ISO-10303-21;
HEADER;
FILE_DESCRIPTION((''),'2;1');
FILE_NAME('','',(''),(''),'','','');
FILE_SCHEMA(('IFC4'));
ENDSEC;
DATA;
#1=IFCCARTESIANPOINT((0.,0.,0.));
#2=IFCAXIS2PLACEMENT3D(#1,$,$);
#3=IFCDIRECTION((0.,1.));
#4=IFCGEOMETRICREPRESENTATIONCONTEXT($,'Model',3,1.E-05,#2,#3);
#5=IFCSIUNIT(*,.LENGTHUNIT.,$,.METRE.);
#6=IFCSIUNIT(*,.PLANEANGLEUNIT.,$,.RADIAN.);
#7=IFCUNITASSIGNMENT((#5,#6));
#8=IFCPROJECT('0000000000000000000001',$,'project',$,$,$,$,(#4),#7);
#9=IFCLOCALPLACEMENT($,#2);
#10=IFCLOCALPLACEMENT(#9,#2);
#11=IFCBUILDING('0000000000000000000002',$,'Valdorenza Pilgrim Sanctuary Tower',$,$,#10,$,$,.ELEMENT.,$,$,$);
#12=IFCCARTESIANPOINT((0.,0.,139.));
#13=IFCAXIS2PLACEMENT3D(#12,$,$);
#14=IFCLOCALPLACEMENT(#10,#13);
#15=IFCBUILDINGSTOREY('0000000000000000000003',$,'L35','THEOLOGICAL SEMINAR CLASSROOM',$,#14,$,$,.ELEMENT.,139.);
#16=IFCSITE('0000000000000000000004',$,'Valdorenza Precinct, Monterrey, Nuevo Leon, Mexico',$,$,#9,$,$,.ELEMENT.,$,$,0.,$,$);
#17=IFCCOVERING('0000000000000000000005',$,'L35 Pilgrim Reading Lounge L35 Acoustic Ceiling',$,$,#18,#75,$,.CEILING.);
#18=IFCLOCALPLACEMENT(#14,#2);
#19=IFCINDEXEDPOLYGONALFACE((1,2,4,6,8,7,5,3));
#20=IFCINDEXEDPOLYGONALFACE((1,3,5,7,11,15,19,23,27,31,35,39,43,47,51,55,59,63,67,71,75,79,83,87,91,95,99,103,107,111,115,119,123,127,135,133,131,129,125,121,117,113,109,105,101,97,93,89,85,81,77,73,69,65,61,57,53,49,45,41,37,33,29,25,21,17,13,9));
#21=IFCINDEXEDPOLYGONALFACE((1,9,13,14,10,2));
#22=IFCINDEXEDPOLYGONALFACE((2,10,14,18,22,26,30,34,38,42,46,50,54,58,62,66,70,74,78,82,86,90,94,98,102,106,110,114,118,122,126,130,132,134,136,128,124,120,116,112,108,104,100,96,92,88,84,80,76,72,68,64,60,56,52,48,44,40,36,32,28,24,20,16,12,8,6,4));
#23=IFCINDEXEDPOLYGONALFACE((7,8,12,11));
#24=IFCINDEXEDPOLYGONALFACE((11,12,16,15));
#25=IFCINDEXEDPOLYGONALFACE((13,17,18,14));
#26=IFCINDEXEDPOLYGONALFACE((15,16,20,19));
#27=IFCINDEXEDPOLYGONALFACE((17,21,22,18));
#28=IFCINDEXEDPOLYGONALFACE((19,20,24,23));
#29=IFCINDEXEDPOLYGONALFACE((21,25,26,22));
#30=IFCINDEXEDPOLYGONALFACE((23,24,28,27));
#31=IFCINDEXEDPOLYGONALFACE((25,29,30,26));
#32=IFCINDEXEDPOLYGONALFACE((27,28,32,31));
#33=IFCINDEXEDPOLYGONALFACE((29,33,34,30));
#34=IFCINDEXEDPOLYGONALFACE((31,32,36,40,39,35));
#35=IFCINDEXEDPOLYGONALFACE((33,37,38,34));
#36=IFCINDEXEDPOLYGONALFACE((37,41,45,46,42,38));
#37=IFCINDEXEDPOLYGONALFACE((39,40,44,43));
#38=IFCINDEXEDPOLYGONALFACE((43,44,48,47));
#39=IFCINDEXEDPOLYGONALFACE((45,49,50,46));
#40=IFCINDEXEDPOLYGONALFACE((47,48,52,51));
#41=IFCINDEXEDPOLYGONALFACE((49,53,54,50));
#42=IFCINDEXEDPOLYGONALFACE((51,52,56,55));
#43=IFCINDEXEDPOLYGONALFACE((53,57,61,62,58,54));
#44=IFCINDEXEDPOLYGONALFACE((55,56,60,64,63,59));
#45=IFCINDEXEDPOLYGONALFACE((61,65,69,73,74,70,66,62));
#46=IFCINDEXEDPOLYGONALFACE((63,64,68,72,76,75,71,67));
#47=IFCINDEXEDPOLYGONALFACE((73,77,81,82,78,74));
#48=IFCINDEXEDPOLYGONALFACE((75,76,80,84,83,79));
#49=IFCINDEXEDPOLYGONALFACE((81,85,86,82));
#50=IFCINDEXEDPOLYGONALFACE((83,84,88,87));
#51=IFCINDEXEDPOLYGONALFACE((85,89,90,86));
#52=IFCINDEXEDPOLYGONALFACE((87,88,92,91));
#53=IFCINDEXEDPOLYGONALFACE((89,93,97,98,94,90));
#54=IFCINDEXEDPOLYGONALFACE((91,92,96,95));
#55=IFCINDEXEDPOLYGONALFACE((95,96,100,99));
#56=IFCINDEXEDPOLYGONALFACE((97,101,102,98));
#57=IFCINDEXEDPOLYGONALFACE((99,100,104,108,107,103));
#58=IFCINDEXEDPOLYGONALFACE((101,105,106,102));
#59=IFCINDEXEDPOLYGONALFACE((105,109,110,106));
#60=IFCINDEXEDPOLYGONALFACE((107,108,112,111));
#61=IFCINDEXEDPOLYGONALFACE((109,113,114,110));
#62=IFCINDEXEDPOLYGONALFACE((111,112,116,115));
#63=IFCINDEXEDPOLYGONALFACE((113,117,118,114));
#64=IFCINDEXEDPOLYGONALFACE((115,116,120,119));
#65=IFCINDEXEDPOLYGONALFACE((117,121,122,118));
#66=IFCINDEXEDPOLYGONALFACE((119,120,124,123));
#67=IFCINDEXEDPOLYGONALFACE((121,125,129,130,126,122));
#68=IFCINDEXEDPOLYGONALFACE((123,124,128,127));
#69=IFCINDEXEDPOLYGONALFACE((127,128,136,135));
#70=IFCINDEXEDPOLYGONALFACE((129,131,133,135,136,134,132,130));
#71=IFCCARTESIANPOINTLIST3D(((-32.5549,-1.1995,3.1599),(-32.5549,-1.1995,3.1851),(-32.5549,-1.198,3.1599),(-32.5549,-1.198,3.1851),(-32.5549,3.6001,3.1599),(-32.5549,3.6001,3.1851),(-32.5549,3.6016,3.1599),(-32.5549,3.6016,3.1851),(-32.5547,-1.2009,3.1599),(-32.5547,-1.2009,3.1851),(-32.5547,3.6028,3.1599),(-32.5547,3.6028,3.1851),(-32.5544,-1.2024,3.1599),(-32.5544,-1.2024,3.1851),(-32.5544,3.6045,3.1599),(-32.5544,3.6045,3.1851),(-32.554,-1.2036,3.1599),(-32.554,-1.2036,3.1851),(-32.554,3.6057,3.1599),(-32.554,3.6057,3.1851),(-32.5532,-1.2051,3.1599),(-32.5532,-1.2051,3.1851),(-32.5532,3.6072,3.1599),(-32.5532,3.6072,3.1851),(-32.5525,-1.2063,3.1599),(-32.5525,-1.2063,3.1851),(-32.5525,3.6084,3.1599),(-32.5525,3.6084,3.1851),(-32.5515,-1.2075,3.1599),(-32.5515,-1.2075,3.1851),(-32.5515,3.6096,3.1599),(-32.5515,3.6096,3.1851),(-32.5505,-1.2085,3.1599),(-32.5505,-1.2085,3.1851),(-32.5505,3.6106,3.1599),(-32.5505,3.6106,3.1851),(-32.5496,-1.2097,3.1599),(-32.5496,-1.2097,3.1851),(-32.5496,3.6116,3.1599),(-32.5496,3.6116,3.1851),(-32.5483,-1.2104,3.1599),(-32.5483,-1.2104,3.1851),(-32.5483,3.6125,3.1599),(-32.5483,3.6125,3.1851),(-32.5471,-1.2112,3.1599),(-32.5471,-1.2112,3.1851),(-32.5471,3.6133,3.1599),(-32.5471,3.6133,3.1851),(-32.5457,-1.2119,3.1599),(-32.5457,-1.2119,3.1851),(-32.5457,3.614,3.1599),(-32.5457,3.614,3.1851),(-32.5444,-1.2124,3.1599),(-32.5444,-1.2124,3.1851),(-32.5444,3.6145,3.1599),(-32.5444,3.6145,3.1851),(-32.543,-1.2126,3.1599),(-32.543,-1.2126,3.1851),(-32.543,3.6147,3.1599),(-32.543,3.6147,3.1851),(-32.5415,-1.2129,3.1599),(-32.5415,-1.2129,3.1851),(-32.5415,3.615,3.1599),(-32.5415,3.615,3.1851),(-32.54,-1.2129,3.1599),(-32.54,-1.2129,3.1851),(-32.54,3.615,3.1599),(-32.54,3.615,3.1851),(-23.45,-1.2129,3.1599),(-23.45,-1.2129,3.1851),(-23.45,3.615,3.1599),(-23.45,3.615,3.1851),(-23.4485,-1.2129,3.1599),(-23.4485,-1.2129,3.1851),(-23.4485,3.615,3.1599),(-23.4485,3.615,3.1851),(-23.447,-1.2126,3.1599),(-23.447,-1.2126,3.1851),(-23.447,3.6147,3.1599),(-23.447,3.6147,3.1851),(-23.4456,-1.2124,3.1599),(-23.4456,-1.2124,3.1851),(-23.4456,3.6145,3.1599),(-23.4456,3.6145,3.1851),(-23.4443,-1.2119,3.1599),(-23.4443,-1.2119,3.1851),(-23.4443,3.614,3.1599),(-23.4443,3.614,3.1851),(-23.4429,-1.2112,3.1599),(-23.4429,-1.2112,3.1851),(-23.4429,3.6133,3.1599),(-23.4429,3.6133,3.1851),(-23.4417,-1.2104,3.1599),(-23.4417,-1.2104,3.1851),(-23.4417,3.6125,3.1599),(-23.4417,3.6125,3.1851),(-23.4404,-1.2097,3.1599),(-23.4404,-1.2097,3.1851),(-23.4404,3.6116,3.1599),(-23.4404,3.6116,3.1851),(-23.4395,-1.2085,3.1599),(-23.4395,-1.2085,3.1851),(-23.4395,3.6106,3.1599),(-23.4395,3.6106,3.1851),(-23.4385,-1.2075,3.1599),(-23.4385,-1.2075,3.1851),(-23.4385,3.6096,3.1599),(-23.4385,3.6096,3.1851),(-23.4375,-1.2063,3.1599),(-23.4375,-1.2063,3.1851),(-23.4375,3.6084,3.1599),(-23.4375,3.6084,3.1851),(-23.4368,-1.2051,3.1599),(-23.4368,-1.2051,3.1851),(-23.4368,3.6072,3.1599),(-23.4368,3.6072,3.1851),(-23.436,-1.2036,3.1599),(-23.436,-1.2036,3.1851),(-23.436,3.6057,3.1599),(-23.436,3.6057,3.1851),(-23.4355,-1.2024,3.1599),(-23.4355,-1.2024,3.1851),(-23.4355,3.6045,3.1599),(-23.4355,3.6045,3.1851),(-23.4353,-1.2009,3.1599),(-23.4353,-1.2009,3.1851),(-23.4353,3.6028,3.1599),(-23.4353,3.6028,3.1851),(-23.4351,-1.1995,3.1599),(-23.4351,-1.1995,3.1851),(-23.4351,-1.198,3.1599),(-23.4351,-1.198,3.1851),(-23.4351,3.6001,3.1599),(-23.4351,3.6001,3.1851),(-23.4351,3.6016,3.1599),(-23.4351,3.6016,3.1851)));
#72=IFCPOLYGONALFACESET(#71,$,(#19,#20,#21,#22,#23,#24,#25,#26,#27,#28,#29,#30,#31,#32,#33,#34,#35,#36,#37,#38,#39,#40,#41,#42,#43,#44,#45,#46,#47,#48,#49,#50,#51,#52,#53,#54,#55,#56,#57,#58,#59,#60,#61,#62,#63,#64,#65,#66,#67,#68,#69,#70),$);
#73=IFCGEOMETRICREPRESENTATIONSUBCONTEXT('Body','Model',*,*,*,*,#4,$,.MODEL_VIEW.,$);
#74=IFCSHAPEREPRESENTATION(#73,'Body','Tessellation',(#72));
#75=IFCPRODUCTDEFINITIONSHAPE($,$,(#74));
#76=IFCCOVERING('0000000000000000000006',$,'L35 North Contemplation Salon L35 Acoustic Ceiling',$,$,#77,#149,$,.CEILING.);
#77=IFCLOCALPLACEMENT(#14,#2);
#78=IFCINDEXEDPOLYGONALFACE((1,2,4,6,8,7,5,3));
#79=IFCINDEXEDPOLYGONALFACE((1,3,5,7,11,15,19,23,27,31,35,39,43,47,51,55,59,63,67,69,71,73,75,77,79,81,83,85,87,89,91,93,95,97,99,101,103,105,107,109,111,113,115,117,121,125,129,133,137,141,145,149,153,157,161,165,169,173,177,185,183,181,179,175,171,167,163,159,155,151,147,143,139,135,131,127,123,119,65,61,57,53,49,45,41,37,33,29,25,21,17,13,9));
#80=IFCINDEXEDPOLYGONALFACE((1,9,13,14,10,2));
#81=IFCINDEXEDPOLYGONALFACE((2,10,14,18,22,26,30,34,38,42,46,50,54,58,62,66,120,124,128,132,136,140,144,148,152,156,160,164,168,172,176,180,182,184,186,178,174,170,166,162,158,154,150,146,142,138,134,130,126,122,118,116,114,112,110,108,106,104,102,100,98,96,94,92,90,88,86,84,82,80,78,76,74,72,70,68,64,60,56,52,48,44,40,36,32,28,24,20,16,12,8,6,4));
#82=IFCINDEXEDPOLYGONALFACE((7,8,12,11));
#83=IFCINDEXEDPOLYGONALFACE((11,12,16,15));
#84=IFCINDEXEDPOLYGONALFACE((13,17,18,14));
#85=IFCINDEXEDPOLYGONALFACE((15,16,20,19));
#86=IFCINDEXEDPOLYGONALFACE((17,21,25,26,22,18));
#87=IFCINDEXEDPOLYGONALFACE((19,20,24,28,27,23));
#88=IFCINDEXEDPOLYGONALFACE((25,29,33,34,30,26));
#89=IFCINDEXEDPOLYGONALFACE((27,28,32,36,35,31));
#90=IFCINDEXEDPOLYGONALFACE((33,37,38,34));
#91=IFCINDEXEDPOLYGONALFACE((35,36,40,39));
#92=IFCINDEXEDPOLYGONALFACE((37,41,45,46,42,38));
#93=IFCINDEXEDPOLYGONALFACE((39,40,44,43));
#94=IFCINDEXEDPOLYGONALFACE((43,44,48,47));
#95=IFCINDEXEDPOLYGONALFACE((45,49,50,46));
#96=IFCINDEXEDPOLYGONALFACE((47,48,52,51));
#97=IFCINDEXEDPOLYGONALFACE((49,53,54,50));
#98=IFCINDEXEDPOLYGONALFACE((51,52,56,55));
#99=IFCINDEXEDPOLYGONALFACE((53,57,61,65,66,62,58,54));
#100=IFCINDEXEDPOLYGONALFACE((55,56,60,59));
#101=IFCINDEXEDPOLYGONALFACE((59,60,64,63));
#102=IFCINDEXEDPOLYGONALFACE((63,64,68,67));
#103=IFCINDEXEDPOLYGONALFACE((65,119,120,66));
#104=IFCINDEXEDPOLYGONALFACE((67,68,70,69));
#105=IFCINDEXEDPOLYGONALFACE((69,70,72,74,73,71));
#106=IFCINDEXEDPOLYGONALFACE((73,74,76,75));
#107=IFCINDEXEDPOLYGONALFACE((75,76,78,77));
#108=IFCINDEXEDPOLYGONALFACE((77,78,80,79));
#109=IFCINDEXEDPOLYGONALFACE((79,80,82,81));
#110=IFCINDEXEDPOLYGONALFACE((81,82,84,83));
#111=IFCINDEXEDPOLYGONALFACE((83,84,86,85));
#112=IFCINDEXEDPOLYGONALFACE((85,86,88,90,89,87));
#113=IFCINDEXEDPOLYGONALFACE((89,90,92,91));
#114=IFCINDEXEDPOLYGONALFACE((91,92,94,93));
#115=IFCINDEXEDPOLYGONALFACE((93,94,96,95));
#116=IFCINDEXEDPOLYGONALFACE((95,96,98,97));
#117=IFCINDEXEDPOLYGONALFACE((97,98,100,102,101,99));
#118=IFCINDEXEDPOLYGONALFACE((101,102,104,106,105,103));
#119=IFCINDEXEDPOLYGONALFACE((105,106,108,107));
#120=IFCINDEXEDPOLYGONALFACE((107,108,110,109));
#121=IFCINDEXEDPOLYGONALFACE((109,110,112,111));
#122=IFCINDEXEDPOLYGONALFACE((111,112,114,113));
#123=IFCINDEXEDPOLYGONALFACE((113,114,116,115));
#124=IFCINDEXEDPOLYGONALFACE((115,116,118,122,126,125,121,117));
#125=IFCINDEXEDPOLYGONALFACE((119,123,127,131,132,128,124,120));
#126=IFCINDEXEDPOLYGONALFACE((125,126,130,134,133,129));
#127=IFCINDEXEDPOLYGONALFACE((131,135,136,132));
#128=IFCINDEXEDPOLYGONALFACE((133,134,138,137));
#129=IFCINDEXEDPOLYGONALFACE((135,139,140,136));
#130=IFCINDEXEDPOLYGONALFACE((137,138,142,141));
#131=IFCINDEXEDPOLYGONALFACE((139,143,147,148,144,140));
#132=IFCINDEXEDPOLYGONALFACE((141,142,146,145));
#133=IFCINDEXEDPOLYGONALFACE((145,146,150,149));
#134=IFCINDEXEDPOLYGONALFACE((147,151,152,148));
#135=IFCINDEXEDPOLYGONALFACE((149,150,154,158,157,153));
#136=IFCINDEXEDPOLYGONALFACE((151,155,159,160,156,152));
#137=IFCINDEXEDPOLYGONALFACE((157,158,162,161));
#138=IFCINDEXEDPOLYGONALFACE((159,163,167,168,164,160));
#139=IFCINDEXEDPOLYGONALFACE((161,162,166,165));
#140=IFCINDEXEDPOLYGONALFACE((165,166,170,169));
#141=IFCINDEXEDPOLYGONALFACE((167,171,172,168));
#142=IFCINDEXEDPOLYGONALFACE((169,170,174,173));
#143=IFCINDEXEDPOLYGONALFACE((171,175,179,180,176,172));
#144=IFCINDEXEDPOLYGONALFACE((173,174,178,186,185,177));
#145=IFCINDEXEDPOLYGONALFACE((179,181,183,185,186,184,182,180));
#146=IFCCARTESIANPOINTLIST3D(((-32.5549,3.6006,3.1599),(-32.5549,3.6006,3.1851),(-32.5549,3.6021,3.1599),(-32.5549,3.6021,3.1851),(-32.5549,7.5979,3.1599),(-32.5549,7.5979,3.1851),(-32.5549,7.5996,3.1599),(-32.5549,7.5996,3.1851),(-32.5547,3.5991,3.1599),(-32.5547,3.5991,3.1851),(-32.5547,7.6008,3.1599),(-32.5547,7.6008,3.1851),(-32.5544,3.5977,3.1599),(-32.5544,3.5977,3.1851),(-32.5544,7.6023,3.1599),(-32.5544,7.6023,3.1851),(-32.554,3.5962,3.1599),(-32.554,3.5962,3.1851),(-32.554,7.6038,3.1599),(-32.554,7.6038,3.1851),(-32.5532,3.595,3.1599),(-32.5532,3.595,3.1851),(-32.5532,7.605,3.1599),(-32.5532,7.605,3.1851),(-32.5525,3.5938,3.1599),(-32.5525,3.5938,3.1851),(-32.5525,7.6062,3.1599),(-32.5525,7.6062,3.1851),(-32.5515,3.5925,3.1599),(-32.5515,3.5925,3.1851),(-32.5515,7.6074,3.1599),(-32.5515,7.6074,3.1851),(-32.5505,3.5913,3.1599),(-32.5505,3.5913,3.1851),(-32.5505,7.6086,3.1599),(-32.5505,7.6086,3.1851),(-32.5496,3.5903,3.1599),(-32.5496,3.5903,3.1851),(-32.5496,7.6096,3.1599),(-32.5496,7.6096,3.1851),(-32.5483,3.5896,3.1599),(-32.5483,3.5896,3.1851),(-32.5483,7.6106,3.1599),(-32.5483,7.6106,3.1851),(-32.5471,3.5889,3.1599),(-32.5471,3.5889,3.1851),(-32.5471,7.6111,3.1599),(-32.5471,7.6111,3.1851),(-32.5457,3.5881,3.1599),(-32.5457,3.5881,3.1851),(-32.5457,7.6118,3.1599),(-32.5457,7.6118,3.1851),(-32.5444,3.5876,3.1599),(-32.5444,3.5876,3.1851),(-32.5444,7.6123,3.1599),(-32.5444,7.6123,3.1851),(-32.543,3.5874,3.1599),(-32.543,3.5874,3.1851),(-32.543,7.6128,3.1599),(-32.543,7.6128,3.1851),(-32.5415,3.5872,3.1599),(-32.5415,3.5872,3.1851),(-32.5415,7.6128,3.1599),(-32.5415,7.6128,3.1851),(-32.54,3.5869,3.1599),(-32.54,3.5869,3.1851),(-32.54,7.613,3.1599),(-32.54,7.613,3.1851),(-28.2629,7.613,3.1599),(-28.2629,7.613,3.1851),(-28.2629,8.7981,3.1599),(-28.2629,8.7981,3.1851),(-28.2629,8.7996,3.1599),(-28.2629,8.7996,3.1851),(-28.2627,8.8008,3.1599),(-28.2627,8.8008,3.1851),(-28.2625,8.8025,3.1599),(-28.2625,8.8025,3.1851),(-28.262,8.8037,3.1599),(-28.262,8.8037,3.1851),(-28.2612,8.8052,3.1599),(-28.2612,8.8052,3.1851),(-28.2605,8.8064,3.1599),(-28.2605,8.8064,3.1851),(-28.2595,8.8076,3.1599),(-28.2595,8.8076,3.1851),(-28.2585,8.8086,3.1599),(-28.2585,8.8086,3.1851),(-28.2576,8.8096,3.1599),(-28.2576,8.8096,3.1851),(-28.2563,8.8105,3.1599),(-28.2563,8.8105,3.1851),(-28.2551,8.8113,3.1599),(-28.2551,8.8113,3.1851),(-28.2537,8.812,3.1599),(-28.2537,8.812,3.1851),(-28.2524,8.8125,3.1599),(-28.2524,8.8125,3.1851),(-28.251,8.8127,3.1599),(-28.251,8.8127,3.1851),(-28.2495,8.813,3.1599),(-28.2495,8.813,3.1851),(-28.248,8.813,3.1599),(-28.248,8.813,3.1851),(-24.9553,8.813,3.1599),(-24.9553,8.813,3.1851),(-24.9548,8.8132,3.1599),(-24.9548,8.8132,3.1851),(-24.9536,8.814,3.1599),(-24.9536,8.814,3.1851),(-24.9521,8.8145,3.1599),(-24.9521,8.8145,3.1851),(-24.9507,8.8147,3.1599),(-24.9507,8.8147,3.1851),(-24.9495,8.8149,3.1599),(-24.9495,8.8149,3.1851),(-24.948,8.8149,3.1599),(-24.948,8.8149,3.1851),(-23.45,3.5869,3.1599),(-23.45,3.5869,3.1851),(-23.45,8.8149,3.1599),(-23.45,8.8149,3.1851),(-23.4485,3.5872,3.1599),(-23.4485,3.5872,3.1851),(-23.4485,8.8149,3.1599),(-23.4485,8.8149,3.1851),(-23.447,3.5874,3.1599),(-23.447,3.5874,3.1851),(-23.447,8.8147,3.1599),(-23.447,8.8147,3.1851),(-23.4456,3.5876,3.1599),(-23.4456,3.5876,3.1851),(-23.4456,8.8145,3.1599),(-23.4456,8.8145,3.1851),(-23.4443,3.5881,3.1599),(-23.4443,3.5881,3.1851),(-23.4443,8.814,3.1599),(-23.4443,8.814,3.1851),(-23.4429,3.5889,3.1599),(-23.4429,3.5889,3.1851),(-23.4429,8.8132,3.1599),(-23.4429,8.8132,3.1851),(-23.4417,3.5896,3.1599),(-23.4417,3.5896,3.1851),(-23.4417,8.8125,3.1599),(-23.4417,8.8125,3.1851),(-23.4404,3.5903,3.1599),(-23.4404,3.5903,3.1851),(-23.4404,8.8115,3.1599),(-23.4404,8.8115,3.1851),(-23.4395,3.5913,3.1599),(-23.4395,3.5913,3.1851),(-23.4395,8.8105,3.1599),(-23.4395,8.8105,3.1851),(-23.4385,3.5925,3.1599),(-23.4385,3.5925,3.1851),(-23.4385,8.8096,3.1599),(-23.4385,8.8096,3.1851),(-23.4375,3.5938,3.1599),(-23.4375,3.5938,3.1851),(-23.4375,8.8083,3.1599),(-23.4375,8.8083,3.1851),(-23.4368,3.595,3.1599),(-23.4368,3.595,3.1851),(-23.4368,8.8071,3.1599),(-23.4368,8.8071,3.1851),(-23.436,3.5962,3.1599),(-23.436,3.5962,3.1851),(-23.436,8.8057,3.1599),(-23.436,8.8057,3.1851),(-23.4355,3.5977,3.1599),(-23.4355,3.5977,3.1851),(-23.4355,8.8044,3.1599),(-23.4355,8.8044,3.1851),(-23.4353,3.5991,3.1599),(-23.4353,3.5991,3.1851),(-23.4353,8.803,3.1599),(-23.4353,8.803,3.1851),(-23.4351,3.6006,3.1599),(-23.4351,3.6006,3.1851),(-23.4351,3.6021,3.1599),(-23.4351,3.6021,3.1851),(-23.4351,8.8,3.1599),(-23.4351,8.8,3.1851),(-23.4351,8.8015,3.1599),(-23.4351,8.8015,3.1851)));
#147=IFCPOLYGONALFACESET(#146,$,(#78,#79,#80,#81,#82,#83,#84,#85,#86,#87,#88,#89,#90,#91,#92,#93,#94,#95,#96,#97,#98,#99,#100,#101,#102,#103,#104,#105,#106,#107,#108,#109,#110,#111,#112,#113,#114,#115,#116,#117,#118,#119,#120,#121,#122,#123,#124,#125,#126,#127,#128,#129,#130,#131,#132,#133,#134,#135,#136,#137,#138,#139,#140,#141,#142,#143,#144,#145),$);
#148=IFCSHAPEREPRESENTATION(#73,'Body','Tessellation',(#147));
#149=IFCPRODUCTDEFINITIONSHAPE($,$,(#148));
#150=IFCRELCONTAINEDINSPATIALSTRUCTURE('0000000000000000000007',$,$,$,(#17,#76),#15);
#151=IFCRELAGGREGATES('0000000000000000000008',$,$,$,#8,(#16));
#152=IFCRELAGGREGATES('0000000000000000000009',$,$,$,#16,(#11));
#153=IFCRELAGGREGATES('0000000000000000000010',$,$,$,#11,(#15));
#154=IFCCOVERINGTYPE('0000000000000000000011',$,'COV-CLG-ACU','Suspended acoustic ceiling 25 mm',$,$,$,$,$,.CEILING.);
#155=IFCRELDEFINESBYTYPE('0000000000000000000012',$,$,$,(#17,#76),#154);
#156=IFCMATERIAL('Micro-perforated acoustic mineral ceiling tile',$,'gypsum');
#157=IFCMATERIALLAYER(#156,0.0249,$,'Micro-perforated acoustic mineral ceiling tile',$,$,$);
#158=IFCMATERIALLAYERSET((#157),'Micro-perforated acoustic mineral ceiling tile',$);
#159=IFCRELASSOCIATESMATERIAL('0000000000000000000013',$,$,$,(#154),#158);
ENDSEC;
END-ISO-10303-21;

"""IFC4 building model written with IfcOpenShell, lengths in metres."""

from ifc_helpers import new_model, si_unit, direction, frame, origin, place, context, subcontext, project, spatial, polyline, outline, extrude, material, layer, layer_set, type_object, element, save


model = new_model("IFC4")

# Units and contexts
model_context = context("Model", 3, precision=1e-05, world=origin(), true_north=direction((0.0, 1.0)))
body_context = subcontext(model_context, "Body", "Model", "MODEL_VIEW")
ifc_project = project(units=[si_unit("LENGTHUNIT", "METRE"), si_unit("PLANEANGLEUNIT", "RADIAN")], contexts=[model_context])

# Site, building, storey
site_placement = place(None, origin())
site = spatial("IfcSite", under=ifc_project, at=site_placement, Name="Valdorenza Precinct, Monterrey, Nuevo Leon, Mexico", CompositionType="ELEMENT", RefElevation=0.0)
building_placement = place(site_placement, origin())
building = spatial("IfcBuilding", under=site, at=building_placement, Name="Valdorenza Pilgrim Sanctuary Tower", CompositionType="ELEMENT")
storey_placement = place(building_placement, frame((0.0, 0.0, 139.0)))
storey = spatial("IfcBuildingStorey", under=building, at=storey_placement, Name="L35", Description="THEOLOGICAL SEMINAR CLASSROOM", CompositionType="ELEMENT", Elevation=139.0)

# Coverings
ifc_material_1 = material(Name="Micro-perforated acoustic mineral ceiling tile", Category="gypsum")
ifc_layer_1 = layer(ifc_material_1, 0.0249, Name="Micro-perforated acoustic mineral ceiling tile")
ifc_layer_set_1 = layer_set([ifc_layer_1], Name="Micro-perforated acoustic mineral ceiling tile")
covering_type_1 = type_object("IfcCoveringType", Name="COV-CLG-ACU", Description="Suspended acoustic ceiling 25 mm", PredefinedType="CEILING", material=ifc_layer_set_1)
covering_1_placement = place(storey_placement, frame((0.0, 0.0, 3.1599)))
element("IfcCovering", 1, at=covering_1_placement, inside=storey, type_object=covering_type_1, Name="L35 Pilgrim Reading Lounge L35 Acoustic Ceiling", PredefinedType="CEILING", context=body_context, shape_type="SweptSolid", body=[
    extrude(outline(polyline([(-23.4351, -1.198), (-23.4351, -1.1995), (-23.4353, -1.2009), (-23.4355, -1.2024), (-23.436, -1.2036), (-23.4368, -1.2051), (-23.4375, -1.2063), (-23.4385, -1.2075), (-23.4395, -1.2085), (-23.4404, -1.2097), (-23.4417, -1.2104), (-23.4429, -1.2112), (-23.4443, -1.2119), (-23.4456, -1.2124), (-23.447, -1.2126), (-23.4485, -1.2129), (-23.45, -1.2129), (-32.54, -1.2129), (-32.5415, -1.2129), (-32.543, -1.2126), (-32.5444, -1.2124), (-32.5457, -1.2119), (-32.5471, -1.2112), (-32.5483, -1.2104), (-32.5496, -1.2097), (-32.5505, -1.2085), (-32.5515, -1.2075), (-32.5525, -1.2063), (-32.5532, -1.2051), (-32.554, -1.2036), (-32.5544, -1.2024), (-32.5547, -1.2009), (-32.5549, -1.1995), (-32.5549, -1.198), (-32.5549, 3.6001), (-32.5549, 3.6016), (-32.5547, 3.6028), (-32.5544, 3.6045), (-32.554, 3.6057), (-32.5532, 3.6072), (-32.5525, 3.6084), (-32.5515, 3.6096), (-32.5505, 3.6106), (-32.5496, 3.6116), (-32.5483, 3.6125), (-32.5471, 3.6133), (-32.5457, 3.614), (-32.5444, 3.6145), (-32.543, 3.6147), (-32.5415, 3.615), (-32.54, 3.615), (-23.45, 3.615), (-23.4485, 3.615), (-23.447, 3.6147), (-23.4456, 3.6145), (-23.4443, 3.614), (-23.4429, 3.6133), (-23.4417, 3.6125), (-23.4404, 3.6116), (-23.4395, 3.6106), (-23.4385, 3.6096), (-23.4375, 3.6084), (-23.4368, 3.6072), (-23.436, 3.6057), (-23.4355, 3.6045), (-23.4353, 3.6028), (-23.4351, 3.6016), (-23.4351, 3.6001), (-23.4351, -1.198)])), origin(), (0.0, 0.0, 1.0), 0.0251),
])
covering_2_placement = place(storey_placement, frame((0.0, 0.0, 3.1599)))
element("IfcCovering", 2, at=covering_2_placement, inside=storey, type_object=covering_type_1, Name="L35 North Contemplation Salon L35 Acoustic Ceiling", PredefinedType="CEILING", context=body_context, shape_type="SweptSolid", body=[
    extrude(outline(polyline([(-28.2629, 7.613), (-28.2629, 8.7981), (-28.2629, 8.7996), (-28.2627, 8.8008), (-28.2625, 8.8025), (-28.262, 8.8037), (-28.2612, 8.8052), (-28.2605, 8.8064), (-28.2595, 8.8076), (-28.2585, 8.8086), (-28.2576, 8.8096), (-28.2563, 8.8105), (-28.2551, 8.8113), (-28.2537, 8.812), (-28.2524, 8.8125), (-28.251, 8.8127), (-28.2495, 8.813), (-28.248, 8.813), (-24.9553, 8.813), (-24.9548, 8.8132), (-24.9536, 8.814), (-24.9521, 8.8145), (-24.9507, 8.8147), (-24.9495, 8.8149), (-24.948, 8.8149), (-23.45, 8.8149), (-23.4485, 8.8149), (-23.447, 8.8147), (-23.4456, 8.8145), (-23.4443, 8.814), (-23.4429, 8.8132), (-23.4417, 8.8125), (-23.4404, 8.8115), (-23.4395, 8.8105), (-23.4385, 8.8096), (-23.4375, 8.8083), (-23.4368, 8.8071), (-23.436, 8.8057), (-23.4355, 8.8044), (-23.4353, 8.803), (-23.4351, 8.8015), (-23.4351, 8.8), (-23.4351, 3.6021), (-23.4351, 3.6006), (-23.4353, 3.5991), (-23.4355, 3.5977), (-23.436, 3.5962), (-23.4368, 3.595), (-23.4375, 3.5938), (-23.4385, 3.5925), (-23.4395, 3.5913), (-23.4404, 3.5903), (-23.4417, 3.5896), (-23.4429, 3.5889), (-23.4443, 3.5881), (-23.4456, 3.5876), (-23.447, 3.5874), (-23.4485, 3.5872), (-23.45, 3.5869), (-32.54, 3.5869), (-32.5415, 3.5872), (-32.543, 3.5874), (-32.5444, 3.5876), (-32.5457, 3.5881), (-32.5471, 3.5889), (-32.5483, 3.5896), (-32.5496, 3.5903), (-32.5505, 3.5913), (-32.5515, 3.5925), (-32.5525, 3.5938), (-32.5532, 3.595), (-32.554, 3.5962), (-32.5544, 3.5977), (-32.5547, 3.5991), (-32.5549, 3.6006), (-32.5549, 3.6021), (-32.5549, 7.5979), (-32.5549, 7.5996), (-32.5547, 7.6008), (-32.5544, 7.6023), (-32.554, 7.6038), (-32.5532, 7.605), (-32.5525, 7.6062), (-32.5515, 7.6074), (-32.5505, 7.6086), (-32.5496, 7.6096), (-32.5483, 7.6106), (-32.5471, 7.6111), (-32.5457, 7.6118), (-32.5444, 7.6123), (-32.543, 7.6128), (-32.5415, 7.6128), (-32.54, 7.613), (-28.2629, 7.613)])), origin(), (0.0, 0.0, 1.0), 0.0251),
])

save(model, "model.ifc")
